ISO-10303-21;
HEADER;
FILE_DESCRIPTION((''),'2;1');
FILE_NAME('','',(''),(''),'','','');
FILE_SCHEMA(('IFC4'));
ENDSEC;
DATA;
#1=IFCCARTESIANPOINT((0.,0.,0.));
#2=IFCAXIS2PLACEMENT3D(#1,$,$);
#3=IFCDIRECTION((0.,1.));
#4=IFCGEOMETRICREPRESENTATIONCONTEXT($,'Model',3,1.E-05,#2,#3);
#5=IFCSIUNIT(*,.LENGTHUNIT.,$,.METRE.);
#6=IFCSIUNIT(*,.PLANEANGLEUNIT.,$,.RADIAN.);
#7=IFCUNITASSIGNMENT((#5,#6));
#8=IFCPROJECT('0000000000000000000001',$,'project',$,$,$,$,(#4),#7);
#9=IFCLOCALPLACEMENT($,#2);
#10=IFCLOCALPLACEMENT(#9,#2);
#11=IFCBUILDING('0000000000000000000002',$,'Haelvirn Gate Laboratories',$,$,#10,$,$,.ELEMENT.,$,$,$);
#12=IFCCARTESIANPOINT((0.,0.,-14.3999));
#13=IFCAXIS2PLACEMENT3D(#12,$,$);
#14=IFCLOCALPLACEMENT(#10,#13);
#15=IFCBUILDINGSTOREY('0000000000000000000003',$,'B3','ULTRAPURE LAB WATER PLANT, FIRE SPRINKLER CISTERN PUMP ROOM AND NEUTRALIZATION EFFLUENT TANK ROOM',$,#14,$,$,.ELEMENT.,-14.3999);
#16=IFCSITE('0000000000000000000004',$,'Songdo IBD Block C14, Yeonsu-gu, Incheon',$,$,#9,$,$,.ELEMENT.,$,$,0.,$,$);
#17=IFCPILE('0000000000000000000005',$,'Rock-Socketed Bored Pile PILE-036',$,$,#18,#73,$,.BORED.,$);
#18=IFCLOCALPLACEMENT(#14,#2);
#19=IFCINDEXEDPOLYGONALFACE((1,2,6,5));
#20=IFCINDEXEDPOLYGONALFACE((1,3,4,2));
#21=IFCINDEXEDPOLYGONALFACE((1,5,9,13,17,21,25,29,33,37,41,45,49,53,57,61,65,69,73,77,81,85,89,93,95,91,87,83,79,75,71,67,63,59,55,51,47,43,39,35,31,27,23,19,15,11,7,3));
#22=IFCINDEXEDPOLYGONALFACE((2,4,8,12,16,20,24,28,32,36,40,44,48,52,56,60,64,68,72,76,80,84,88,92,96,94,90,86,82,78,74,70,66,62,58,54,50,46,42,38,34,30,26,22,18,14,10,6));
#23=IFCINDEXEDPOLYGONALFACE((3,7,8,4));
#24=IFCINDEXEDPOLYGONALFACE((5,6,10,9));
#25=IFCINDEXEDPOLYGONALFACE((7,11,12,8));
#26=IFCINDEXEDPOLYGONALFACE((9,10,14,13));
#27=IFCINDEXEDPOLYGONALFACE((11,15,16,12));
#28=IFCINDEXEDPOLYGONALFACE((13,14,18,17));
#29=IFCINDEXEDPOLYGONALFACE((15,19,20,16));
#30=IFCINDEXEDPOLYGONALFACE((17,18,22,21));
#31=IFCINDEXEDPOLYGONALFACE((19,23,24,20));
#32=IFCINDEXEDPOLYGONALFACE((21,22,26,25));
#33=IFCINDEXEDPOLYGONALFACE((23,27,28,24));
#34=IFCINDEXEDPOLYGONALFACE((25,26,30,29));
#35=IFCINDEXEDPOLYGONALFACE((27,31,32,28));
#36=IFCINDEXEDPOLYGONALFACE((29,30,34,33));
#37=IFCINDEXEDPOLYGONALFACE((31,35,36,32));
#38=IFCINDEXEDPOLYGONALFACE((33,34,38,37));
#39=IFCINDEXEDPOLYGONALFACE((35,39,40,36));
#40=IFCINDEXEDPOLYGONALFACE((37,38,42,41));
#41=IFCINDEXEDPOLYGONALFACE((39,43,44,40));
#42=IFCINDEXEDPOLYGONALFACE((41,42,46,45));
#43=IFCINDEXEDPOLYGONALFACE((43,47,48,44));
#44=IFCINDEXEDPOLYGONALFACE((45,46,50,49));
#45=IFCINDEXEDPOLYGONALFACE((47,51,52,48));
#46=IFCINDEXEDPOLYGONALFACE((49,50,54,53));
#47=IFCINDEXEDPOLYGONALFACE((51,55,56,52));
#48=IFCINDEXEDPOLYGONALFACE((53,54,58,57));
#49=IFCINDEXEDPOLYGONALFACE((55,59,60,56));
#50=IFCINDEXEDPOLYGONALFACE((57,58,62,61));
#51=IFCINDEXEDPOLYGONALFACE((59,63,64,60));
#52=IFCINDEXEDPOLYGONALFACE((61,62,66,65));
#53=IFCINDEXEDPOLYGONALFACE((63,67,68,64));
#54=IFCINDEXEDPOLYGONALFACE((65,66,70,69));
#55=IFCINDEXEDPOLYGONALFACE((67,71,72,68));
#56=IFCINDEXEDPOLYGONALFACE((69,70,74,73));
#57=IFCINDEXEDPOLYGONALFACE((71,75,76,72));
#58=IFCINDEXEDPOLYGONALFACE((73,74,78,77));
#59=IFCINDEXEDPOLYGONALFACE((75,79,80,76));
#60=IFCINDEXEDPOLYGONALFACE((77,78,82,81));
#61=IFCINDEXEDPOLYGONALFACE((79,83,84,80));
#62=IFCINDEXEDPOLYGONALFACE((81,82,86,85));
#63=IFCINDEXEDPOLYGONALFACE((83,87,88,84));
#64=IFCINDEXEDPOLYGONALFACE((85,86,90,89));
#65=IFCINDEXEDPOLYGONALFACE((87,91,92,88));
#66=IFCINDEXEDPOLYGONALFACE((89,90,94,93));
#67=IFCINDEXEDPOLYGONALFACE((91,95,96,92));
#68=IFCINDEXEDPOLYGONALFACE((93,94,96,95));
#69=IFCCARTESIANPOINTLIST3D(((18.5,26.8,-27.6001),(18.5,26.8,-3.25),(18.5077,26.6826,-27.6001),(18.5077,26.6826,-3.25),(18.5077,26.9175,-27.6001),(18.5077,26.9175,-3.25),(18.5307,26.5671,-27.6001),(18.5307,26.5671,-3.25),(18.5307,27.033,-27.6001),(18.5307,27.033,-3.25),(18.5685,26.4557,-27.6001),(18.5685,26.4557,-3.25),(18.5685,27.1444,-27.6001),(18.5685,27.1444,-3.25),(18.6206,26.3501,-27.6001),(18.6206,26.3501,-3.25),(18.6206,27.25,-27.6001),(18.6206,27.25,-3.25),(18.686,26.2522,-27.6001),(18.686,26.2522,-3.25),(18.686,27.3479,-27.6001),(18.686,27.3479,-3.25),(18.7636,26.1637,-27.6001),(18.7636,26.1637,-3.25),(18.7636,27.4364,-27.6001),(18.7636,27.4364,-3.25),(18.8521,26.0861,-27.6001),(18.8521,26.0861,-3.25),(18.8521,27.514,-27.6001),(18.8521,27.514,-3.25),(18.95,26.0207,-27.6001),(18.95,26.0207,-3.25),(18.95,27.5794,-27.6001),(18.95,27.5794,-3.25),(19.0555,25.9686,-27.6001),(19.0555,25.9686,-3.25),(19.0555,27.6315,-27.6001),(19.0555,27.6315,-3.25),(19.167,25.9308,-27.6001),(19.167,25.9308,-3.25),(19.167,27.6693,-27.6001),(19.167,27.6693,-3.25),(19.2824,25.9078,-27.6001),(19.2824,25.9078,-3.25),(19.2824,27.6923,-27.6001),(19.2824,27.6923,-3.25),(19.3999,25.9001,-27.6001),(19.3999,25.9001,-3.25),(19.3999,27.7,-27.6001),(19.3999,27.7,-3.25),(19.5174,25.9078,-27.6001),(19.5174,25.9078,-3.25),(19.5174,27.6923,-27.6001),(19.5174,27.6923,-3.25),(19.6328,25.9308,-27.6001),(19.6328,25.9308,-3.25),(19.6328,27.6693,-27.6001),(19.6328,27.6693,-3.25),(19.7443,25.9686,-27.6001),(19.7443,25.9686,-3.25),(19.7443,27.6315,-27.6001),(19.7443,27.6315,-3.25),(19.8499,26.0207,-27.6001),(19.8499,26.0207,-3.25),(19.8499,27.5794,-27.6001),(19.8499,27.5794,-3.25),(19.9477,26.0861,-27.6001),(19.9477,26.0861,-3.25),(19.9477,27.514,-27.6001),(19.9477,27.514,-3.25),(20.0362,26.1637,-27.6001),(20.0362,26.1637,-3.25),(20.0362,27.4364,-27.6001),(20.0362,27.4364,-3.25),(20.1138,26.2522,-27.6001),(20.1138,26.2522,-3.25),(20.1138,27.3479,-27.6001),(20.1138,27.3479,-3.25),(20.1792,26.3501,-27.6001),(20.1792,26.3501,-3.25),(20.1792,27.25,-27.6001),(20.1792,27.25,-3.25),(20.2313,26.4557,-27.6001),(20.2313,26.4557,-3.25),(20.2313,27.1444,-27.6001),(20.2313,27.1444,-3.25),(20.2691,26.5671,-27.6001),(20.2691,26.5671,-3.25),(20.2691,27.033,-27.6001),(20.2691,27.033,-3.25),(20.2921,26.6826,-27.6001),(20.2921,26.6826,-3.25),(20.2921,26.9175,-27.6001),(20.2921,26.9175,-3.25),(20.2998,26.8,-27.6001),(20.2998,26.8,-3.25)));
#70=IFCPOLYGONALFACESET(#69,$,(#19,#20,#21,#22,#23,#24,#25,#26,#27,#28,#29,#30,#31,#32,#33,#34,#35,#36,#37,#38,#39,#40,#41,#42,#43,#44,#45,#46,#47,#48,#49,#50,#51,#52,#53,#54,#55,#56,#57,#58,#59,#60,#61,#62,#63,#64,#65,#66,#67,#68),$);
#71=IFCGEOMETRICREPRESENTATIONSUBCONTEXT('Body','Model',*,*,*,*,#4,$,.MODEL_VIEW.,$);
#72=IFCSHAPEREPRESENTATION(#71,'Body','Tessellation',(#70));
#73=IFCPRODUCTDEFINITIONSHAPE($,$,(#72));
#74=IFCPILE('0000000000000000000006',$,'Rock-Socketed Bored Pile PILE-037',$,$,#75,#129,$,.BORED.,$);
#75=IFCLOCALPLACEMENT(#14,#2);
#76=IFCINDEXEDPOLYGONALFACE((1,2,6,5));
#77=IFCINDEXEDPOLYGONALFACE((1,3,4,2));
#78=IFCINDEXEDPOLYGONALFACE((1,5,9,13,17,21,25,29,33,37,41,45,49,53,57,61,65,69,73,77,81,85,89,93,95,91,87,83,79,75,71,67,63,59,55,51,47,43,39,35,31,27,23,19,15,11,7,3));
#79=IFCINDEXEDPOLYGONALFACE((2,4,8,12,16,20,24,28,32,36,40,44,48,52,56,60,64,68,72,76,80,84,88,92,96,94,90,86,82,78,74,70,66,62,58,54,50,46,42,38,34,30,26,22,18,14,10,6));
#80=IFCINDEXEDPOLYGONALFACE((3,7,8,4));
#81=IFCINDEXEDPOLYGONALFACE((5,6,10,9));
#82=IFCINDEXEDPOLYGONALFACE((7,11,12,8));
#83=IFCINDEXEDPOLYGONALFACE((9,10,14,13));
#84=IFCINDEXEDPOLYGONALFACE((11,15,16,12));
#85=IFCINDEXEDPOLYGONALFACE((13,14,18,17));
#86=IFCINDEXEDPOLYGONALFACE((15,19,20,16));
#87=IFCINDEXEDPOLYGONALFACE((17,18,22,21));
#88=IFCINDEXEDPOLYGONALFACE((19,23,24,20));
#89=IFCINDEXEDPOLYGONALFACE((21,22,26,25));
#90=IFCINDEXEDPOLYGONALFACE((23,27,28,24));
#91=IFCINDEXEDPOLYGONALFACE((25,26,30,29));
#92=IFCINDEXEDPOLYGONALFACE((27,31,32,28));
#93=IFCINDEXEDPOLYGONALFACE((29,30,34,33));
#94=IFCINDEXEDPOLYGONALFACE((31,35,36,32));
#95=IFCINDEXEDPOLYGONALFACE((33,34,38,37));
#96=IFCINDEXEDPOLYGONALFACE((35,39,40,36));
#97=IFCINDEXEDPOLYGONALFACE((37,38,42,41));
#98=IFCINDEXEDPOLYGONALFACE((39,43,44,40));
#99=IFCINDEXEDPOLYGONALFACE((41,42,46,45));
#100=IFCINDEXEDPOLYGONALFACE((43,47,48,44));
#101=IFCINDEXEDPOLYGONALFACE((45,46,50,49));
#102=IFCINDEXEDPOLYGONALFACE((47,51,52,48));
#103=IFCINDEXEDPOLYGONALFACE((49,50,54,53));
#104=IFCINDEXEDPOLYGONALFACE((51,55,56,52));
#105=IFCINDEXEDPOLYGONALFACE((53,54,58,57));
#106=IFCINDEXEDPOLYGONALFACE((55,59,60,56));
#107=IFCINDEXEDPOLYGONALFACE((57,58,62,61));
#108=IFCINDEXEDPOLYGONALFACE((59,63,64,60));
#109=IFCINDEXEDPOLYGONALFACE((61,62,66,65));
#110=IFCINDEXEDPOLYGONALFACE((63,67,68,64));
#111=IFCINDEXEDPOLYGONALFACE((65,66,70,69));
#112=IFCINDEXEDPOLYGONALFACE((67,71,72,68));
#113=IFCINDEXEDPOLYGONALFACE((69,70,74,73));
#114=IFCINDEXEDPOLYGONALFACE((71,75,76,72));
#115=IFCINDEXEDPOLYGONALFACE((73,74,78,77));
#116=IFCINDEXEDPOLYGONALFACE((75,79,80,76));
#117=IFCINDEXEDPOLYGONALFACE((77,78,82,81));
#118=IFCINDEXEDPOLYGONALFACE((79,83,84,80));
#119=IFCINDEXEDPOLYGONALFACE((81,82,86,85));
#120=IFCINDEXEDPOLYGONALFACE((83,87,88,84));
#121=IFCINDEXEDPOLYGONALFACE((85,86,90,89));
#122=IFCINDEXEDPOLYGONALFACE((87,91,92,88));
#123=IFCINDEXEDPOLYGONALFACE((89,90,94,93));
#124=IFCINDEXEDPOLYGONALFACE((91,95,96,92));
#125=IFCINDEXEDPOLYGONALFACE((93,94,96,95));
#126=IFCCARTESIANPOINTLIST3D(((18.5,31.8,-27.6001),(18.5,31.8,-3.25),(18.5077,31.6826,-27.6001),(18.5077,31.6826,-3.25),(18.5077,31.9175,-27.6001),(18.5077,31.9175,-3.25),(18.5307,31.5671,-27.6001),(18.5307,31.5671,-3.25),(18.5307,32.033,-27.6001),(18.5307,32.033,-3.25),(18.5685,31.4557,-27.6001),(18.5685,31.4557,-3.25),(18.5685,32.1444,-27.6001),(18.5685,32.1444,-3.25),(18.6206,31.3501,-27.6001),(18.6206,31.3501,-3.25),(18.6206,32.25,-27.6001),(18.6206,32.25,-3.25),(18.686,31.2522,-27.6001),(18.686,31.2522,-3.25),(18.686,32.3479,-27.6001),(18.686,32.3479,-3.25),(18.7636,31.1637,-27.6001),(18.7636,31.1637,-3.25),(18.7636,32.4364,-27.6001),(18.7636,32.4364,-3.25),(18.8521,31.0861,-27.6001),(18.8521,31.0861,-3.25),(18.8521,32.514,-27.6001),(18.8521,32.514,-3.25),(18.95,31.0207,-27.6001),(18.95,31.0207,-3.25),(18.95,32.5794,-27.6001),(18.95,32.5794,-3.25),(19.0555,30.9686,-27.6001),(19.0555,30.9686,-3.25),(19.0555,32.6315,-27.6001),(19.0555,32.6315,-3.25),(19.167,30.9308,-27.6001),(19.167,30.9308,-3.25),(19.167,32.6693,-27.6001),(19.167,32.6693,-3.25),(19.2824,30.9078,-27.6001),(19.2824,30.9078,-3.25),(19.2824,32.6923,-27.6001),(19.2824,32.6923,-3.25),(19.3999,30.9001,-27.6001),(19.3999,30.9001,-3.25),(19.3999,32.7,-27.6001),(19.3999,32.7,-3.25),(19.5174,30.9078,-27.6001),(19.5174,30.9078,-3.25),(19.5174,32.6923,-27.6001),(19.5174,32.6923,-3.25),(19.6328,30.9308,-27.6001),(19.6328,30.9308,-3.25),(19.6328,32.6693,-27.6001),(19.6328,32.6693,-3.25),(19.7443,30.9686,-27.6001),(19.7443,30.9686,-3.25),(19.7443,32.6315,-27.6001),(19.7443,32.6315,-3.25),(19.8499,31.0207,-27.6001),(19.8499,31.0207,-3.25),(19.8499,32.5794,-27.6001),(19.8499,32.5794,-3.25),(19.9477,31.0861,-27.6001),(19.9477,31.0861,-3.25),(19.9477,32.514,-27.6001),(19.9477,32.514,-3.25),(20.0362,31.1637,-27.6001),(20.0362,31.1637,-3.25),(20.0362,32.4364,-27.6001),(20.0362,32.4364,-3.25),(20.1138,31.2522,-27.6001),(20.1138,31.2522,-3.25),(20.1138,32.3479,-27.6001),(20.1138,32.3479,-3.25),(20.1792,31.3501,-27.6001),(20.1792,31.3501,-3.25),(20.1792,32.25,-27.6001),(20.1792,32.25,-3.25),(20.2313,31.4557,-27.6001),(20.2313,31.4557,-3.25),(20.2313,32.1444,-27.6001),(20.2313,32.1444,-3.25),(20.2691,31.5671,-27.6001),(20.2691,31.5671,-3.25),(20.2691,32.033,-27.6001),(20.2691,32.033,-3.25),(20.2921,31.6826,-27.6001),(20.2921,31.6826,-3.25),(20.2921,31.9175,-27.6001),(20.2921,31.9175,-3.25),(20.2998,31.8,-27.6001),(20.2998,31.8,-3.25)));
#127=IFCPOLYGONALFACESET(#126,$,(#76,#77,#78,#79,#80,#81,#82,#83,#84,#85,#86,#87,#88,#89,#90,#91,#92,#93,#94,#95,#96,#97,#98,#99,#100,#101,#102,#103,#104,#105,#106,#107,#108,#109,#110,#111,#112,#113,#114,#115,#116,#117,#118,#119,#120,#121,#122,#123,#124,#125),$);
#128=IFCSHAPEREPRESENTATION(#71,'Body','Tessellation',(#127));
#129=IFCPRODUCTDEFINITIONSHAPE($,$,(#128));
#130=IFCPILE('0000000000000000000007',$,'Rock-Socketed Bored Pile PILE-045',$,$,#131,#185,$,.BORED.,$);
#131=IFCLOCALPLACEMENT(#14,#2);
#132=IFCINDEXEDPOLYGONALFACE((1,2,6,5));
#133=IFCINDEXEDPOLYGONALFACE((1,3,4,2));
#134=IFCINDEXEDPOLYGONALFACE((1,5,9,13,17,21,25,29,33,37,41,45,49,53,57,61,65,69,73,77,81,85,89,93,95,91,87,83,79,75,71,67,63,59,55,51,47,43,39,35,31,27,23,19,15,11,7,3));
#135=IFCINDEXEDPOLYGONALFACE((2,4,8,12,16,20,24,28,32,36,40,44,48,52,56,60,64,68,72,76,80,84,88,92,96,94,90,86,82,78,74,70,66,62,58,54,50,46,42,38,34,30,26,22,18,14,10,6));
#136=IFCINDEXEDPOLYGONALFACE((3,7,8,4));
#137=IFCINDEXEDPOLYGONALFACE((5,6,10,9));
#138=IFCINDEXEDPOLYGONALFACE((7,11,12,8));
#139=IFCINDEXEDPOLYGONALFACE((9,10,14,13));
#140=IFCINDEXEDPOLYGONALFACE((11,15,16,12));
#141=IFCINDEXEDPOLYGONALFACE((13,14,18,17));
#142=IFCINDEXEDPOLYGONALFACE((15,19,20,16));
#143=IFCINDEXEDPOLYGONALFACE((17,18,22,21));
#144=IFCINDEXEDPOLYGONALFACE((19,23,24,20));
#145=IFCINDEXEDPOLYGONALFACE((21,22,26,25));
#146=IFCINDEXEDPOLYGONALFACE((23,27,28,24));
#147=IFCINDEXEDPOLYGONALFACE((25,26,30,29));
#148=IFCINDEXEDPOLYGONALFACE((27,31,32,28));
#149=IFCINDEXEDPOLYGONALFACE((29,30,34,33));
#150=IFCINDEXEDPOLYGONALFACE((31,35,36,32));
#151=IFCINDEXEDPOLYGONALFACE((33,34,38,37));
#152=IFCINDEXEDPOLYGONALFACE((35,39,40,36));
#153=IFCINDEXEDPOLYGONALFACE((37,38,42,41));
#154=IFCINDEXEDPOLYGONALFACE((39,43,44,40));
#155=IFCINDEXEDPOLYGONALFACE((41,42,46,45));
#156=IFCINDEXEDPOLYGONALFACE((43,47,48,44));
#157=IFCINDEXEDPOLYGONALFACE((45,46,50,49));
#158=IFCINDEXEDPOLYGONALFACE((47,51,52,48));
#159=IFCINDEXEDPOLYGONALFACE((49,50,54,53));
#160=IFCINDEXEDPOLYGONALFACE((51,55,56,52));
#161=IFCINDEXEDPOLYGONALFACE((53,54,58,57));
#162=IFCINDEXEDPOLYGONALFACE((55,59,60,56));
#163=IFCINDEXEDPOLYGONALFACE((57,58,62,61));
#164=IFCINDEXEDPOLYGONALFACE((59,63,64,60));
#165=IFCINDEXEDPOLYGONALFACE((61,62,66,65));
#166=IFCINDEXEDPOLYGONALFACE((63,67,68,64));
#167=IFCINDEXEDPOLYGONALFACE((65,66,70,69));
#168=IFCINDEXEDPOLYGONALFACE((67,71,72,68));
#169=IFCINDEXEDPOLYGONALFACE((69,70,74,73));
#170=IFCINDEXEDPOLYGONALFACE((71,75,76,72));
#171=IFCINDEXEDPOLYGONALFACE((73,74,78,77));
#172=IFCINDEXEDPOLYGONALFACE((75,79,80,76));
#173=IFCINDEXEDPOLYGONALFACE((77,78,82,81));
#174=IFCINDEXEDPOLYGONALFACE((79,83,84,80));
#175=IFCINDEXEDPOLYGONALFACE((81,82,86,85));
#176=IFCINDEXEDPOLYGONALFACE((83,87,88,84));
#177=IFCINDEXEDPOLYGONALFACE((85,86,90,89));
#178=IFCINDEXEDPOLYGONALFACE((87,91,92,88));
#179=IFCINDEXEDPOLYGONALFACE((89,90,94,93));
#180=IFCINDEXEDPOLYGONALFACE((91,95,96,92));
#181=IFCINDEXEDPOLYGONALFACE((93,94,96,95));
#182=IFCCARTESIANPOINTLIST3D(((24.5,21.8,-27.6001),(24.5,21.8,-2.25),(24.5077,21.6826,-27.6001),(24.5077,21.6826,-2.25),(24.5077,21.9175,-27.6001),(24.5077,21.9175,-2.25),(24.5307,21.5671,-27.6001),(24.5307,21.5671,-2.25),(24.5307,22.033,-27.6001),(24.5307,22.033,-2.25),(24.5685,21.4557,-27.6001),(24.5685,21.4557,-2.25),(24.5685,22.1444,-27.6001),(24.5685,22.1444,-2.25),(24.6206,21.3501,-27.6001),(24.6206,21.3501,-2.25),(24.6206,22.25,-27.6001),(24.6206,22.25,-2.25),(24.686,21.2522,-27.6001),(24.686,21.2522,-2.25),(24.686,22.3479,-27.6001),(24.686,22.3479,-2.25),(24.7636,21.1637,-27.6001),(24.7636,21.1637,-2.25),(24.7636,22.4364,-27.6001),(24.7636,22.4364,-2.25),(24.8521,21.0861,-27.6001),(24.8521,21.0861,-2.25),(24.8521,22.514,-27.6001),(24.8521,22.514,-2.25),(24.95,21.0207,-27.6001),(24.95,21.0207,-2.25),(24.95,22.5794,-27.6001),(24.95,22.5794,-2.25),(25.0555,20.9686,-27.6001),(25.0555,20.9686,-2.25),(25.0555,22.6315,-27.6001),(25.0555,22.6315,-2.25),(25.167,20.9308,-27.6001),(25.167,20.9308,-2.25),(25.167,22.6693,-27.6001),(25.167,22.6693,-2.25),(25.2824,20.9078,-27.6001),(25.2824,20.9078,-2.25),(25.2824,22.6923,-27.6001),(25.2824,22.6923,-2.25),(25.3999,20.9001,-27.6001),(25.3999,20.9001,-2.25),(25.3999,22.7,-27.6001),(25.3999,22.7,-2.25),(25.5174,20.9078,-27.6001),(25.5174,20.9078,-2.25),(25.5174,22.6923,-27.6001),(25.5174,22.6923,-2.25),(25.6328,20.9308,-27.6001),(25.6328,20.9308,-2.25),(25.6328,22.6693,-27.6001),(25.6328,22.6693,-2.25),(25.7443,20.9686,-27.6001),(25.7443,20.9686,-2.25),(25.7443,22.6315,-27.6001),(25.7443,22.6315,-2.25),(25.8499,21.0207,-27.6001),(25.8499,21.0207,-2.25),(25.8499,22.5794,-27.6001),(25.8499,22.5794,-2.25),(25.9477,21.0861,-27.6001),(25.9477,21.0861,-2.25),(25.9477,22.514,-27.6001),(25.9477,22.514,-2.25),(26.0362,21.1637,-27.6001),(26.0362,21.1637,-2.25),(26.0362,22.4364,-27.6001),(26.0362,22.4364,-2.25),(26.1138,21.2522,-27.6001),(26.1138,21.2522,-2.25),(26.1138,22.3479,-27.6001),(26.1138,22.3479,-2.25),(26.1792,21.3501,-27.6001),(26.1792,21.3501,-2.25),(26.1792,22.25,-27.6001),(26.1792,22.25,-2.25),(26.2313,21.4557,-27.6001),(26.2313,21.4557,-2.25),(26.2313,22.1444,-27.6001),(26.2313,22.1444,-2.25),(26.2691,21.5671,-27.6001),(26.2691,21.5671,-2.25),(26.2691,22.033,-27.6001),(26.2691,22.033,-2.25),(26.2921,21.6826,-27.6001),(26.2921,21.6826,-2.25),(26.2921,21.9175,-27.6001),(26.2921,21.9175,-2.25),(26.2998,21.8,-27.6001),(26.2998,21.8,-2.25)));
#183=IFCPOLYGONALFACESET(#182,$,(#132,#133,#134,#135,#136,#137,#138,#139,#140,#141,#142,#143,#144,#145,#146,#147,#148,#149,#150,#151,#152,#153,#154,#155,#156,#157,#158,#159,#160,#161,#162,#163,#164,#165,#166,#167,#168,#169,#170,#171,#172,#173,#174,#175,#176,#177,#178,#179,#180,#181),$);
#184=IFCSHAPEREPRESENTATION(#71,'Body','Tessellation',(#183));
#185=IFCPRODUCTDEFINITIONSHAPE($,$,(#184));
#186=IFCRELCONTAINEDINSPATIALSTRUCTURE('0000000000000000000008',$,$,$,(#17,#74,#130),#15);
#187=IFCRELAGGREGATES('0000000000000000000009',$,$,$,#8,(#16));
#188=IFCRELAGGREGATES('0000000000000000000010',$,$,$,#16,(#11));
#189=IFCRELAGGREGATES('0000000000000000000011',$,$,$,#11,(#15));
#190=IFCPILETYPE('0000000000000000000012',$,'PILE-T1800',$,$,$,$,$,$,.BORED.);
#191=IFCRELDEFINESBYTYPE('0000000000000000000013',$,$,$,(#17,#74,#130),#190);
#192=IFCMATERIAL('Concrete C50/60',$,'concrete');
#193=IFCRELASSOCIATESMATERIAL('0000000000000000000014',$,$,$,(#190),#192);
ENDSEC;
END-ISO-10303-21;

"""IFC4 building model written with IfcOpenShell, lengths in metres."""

from ifc_helpers import new_model, si_unit, direction, frame, origin, origin_2d, place, context, subcontext, project, spatial, circle, extrude, source, transform, mapped, material, material_profile, profile_set, type_object, type_shapes, element, save


model = new_model("IFC4")

# Units and contexts
model_context = context("Model", 3, precision=1e-05, world=origin(), true_north=direction((0.0, 1.0)))
body_context = subcontext(model_context, "Body", "Model", "MODEL_VIEW")
ifc_project = project(units=[si_unit("LENGTHUNIT", "METRE"), si_unit("PLANEANGLEUNIT", "RADIAN")], contexts=[model_context])

# Site, building, storey
site_placement = place(None, origin())
site = spatial("IfcSite", under=ifc_project, at=site_placement, Name="Songdo IBD Block C14, Yeonsu-gu, Incheon", CompositionType="ELEMENT", RefElevation=0.0)
building_placement = place(site_placement, origin())
building = spatial("IfcBuilding", under=site, at=building_placement, Name="Haelvirn Gate Laboratories", CompositionType="ELEMENT")
storey_placement = place(building_placement, frame((0.0, 0.0, -14.3999)))
storey = spatial("IfcBuildingStorey", under=building, at=storey_placement, Name="B3", Description="ULTRAPURE LAB WATER PLANT, FIRE SPRINKLER CISTERN PUMP ROOM AND NEUTRALIZATION EFFLUENT TANK ROOM", CompositionType="ELEMENT", Elevation=-14.3999)

# Piles
ifc_material_1 = material(Name="Concrete C50/60", Category="concrete")
ifc_material_profile_1 = material_profile(ifc_material_1, circle(Radius=0.8999, at=origin_2d()), Name="PILE-D1800")
ifc_profile_set_1 = profile_set([ifc_material_profile_1], Name="Concrete C50/60")
pile_type_1 = type_object("IfcPileType", Name="PILE-T1800", PredefinedType="BORED", material=ifc_profile_set_1)
shared_shape_1 = source(origin(), body_context, "Body", "SweptSolid", [
    extrude(circle(Radius=0.8999, at=origin_2d()), origin(), (0.0, 0.0, 1.0), 24.3501),
])
for number, where, z_axis, x_axis, name in (
    (1, (19.3999, 26.8, -3.25), (0.0, 0.0, -1.0), (1.0, 0.0, 0.0), "Rock-Socketed Bored Pile PILE-036"),
    (2, (19.3999, 31.8, -3.25), (0.0, 0.0, -1.0), (1.0, 0.0, 0.0), "Rock-Socketed Bored Pile PILE-037"),
):
    element("IfcPile", number, at=place(storey_placement, frame(where, z_axis=z_axis, x_axis=x_axis)), inside=storey, type_object=pile_type_1, Name=name, PredefinedType="BORED", context=body_context, shape_type="MappedRepresentation", body=[
        mapped(shared_shape_1, transform((0.0, 0.0, 0.0), scale=1.0)),
    ])
shared_shape_2 = source(origin(), body_context, "Body", "SweptSolid", [
    extrude(circle(Radius=0.8999, at=origin_2d()), origin(), (0.0, 0.0, 1.0), 25.3501),
])
type_shapes(pile_type_1, [shared_shape_1, shared_shape_2])
for number, where, z_axis, x_axis, name in (
    (3, (25.3999, 21.8, -2.25), (0.0, 0.0, -1.0), (1.0, 0.0, 0.0), "Rock-Socketed Bored Pile PILE-045"),
):
    element("IfcPile", number, at=place(storey_placement, frame(where, z_axis=z_axis, x_axis=x_axis)), inside=storey, type_object=pile_type_1, Name=name, PredefinedType="BORED", context=body_context, shape_type="MappedRepresentation", body=[
        mapped(shared_shape_2, transform((0.0, 0.0, 0.0), scale=1.0)),
    ])

save(model, "model.ifc")
